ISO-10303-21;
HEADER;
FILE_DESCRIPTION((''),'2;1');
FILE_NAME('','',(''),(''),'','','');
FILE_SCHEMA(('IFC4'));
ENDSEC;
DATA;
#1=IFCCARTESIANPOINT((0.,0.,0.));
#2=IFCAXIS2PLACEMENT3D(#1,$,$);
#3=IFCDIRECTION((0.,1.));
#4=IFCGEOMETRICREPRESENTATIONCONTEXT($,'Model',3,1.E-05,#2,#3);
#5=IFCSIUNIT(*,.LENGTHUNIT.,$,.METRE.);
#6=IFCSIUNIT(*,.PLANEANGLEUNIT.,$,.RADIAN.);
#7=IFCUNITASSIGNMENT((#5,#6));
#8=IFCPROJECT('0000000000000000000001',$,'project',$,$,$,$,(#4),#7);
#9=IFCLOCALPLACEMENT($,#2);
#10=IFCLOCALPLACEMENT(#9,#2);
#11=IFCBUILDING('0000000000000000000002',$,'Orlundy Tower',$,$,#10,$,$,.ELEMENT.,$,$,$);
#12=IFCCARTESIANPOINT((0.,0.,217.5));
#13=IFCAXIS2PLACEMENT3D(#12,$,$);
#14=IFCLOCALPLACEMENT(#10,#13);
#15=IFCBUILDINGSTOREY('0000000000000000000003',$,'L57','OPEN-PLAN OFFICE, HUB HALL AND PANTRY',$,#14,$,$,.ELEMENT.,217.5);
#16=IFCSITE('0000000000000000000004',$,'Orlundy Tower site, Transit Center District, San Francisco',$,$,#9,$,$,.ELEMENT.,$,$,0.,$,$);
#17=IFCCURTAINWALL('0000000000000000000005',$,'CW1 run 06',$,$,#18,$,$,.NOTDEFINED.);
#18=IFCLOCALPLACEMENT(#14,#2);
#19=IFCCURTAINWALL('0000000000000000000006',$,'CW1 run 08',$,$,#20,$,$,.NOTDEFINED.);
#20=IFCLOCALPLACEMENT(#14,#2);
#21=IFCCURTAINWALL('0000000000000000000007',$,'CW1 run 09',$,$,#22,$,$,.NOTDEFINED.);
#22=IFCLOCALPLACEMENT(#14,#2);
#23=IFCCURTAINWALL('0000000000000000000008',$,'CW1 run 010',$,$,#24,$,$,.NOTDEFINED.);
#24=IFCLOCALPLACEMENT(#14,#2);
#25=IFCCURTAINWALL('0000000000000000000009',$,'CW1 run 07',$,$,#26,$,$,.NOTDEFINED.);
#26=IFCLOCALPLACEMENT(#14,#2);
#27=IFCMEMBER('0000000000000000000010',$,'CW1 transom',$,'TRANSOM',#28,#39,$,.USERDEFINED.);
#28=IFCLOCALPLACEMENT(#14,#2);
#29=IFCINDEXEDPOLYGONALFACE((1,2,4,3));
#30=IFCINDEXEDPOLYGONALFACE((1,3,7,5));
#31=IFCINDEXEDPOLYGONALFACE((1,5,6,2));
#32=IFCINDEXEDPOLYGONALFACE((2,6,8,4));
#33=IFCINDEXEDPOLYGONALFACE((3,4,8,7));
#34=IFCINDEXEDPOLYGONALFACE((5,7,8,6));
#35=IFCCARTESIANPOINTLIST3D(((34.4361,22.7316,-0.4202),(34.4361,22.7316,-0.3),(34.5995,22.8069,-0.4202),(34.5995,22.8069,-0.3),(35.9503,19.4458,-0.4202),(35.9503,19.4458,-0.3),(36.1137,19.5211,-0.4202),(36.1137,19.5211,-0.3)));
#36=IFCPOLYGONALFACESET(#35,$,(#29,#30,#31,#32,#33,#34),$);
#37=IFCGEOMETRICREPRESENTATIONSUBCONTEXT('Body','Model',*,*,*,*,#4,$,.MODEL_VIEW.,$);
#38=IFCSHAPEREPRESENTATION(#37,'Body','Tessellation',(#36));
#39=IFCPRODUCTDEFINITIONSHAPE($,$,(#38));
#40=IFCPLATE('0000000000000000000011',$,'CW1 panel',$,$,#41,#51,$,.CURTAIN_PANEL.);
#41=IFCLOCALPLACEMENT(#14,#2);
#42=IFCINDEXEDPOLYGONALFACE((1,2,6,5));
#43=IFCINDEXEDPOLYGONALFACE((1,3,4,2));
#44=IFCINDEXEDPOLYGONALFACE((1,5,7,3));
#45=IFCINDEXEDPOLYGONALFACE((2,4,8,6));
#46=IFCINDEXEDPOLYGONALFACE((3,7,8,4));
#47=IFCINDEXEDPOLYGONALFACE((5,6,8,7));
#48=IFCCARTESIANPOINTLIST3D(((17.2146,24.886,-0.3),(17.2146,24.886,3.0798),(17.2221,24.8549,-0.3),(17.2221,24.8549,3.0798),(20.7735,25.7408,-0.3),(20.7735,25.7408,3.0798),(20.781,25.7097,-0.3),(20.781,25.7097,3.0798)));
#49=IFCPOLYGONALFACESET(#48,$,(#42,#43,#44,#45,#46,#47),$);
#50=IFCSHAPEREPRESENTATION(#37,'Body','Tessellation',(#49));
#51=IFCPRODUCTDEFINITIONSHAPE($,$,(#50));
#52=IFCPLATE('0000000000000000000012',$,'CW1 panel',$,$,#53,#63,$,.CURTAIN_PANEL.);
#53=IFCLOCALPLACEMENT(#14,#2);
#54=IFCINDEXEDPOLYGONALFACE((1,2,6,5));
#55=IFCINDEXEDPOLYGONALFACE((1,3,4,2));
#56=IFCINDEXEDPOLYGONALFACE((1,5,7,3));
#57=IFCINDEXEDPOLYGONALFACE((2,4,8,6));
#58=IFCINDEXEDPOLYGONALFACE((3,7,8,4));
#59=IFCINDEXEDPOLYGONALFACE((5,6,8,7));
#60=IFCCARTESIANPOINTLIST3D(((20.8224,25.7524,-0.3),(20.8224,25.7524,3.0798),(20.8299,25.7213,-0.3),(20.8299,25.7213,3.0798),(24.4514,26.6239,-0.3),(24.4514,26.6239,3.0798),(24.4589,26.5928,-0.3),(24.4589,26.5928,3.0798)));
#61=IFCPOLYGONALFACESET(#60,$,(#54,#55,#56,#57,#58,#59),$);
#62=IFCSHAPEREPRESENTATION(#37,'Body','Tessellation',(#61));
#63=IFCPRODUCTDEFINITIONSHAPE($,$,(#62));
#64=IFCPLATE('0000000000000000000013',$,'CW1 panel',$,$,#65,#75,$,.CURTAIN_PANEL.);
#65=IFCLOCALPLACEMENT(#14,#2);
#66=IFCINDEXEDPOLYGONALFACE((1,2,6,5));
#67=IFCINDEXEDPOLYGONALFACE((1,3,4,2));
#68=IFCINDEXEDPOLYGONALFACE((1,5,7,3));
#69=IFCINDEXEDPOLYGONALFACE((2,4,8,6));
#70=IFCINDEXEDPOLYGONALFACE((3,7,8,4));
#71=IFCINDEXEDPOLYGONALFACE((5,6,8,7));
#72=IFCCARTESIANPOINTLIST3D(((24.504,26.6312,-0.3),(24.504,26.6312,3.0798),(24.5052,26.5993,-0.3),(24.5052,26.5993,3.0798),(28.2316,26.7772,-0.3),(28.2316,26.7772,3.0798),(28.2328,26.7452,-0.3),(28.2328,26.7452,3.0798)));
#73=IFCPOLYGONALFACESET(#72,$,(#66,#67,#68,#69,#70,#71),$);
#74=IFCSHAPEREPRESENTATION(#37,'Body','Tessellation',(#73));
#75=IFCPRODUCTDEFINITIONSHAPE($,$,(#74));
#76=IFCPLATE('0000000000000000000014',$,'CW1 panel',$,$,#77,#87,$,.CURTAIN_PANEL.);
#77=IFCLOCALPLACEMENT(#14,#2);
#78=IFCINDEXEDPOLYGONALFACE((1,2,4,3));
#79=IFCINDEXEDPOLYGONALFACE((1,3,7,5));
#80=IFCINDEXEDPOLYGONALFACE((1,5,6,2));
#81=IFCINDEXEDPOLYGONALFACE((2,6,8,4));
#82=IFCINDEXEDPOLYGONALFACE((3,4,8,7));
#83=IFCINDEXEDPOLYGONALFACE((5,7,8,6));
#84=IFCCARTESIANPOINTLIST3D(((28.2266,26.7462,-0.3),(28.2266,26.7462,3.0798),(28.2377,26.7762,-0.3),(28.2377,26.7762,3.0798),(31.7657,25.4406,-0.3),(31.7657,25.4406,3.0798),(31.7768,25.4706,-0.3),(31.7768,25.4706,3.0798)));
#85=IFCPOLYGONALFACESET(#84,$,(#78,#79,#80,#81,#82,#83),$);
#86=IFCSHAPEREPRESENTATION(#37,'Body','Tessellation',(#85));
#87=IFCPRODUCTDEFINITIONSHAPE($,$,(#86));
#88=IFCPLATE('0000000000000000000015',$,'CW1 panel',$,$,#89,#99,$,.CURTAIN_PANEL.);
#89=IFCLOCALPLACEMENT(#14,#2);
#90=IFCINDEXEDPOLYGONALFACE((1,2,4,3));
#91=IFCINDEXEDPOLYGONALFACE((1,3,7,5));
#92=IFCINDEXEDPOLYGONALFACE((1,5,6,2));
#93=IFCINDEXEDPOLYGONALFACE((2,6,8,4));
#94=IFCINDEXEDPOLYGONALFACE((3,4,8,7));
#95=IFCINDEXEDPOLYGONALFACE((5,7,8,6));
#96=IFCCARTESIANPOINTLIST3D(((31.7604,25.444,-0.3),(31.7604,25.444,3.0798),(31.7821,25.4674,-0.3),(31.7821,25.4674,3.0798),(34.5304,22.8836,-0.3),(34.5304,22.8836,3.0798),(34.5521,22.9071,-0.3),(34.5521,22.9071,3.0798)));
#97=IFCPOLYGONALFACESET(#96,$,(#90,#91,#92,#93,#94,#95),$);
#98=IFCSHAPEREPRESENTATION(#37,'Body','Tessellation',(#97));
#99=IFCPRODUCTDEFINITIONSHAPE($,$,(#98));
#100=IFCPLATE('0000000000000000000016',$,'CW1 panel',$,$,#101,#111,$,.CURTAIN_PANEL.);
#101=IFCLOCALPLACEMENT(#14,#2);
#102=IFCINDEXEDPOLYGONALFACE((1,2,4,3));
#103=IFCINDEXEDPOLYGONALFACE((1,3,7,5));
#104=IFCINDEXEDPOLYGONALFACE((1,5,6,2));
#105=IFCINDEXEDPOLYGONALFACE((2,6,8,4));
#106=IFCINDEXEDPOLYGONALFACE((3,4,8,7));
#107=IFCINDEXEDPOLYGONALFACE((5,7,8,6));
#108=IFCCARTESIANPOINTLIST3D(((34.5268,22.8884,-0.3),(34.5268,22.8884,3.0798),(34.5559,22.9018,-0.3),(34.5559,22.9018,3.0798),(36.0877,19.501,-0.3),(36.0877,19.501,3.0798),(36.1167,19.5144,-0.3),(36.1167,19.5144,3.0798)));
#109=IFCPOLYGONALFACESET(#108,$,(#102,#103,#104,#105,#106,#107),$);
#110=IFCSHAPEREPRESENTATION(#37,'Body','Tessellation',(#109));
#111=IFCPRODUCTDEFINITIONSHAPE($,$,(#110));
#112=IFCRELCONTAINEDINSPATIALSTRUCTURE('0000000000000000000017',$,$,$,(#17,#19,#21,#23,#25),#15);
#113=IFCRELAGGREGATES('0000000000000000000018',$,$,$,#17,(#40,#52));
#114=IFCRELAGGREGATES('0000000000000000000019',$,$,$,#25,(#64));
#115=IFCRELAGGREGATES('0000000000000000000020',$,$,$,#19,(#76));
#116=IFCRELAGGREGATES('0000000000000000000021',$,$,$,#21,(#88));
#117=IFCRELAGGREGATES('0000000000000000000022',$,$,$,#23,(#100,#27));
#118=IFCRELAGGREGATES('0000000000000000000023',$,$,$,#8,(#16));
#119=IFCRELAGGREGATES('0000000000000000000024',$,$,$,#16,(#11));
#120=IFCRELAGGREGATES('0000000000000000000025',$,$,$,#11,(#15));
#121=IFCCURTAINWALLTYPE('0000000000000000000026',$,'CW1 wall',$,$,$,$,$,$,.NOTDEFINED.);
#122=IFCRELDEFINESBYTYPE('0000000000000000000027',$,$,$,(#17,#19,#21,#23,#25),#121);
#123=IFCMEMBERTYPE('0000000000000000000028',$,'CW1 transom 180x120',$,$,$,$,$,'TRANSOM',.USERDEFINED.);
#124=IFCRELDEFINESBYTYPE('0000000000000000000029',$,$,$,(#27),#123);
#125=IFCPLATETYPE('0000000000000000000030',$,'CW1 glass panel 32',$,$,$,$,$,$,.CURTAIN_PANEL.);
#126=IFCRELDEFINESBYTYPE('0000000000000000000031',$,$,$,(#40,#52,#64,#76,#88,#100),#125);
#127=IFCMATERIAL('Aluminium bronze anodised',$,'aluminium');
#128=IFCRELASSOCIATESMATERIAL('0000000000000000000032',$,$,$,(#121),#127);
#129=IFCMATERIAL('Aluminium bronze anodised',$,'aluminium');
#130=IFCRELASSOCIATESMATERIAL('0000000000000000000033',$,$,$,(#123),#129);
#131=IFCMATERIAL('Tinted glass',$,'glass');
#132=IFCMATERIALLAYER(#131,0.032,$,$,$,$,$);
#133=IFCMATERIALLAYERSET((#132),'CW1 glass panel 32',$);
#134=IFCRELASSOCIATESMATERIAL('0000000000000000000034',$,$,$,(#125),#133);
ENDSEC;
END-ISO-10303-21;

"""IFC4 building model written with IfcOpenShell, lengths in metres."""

from ifc_helpers import new_model, si_unit, direction, frame, origin, origin_2d, place, context, subcontext, project, spatial, rectangle, extrude, material, layer, layer_set, material_profile, profile_set, type_object, element, aggregate, save


model = new_model("IFC4")

# Units and contexts
model_context = context("Model", 3, precision=1e-05, world=origin(), true_north=direction((0.0, 1.0)))
body_context = subcontext(model_context, "Body", "Model", "MODEL_VIEW")
ifc_project = project(units=[si_unit("LENGTHUNIT", "METRE"), si_unit("PLANEANGLEUNIT", "RADIAN")], contexts=[model_context])

# Site, building, storey
site_placement = place(None, origin())
site = spatial("IfcSite", under=ifc_project, at=site_placement, Name="Orlundy Tower site, Transit Center District, San Francisco", CompositionType="ELEMENT", RefElevation=0.0)
building_placement = place(site_placement, origin())
building = spatial("IfcBuilding", under=site, at=building_placement, Name="Orlundy Tower", CompositionType="ELEMENT")
storey_placement = place(building_placement, frame((0.0, 0.0, 217.5)))
storey = spatial("IfcBuildingStorey", under=building, at=storey_placement, Name="L57", Description="OPEN-PLAN OFFICE, HUB HALL AND PANTRY", CompositionType="ELEMENT", Elevation=217.5)

# Curtain walls
ifc_material_1 = material(Name="Aluminium bronze anodised", Category="aluminium")
curtain_wall_type = type_object("IfcCurtainWallType", Name="CW1 wall", PredefinedType="NOTDEFINED", material=ifc_material_1)
curtain_wall_1_placement = place(storey_placement, origin())
curtain_wall_1 = element("IfcCurtainWall", 1, at=curtain_wall_1_placement, inside=storey, type_object=curtain_wall_type, Name="CW1 run 06", PredefinedType="NOTDEFINED")
curtain_wall_2_placement = place(storey_placement, origin())
curtain_wall_2 = element("IfcCurtainWall", 2, at=curtain_wall_2_placement, inside=storey, type_object=curtain_wall_type, Name="CW1 run 08", PredefinedType="NOTDEFINED")
curtain_wall_3_placement = place(storey_placement, origin())
curtain_wall_3 = element("IfcCurtainWall", 3, at=curtain_wall_3_placement, inside=storey, type_object=curtain_wall_type, Name="CW1 run 09", PredefinedType="NOTDEFINED")
curtain_wall_4_placement = place(storey_placement, origin())
curtain_wall_4 = element("IfcCurtainWall", 4, at=curtain_wall_4_placement, inside=storey, type_object=curtain_wall_type, Name="CW1 run 010", PredefinedType="NOTDEFINED")

# Curtain wall
curtain_wall_5_placement = place(storey_placement, origin())
curtain_wall_5 = element("IfcCurtainWall", 5, at=curtain_wall_5_placement, inside=storey, type_object=curtain_wall_type, Name="CW1 run 07", PredefinedType="NOTDEFINED")

# Member
ifc_material_2 = material(Name="Aluminium bronze anodised", Category="aluminium")
ifc_material_profile_1 = material_profile(ifc_material_2, rectangle(XDim=0.1799, YDim=0.1201, at=origin_2d()), Name="CW1 transom 180x120")
ifc_profile_set_1 = profile_set([ifc_material_profile_1], Name="Aluminium bronze anodised")
member_type_1 = type_object("IfcMemberType", Name="CW1 transom 180x120", ElementType="TRANSOM", PredefinedType="USERDEFINED", material=ifc_profile_set_1)
member_1_placement = place(storey_placement, frame((34.5178, 22.7693, -0.3601), z_axis=(0.41851, -0.908212, 0.0), x_axis=(0.908212, 0.41851, 0.0)))
member_1 = element("IfcMember", 6, at=member_1_placement, type_object=member_type_1, Name="CW1 transom", ObjectType="TRANSOM", PredefinedType="USERDEFINED", context=body_context, shape_type="SweptSolid", body=[
    extrude(rectangle(XDim=0.1799, YDim=0.1201, at=origin_2d()), origin(), (0.0, 0.0, 1.0), 3.6179),
])

# Plates
ifc_material_3 = material(Name="Tinted glass", Category="glass")
ifc_layer = layer(ifc_material_3, 0.032)
ifc_layer_set = layer_set([ifc_layer], Name="CW1 glass panel 32")
plate_type = type_object("IfcPlateType", Name="CW1 glass panel 32", PredefinedType="CURTAIN_PANEL", material=ifc_layer_set)
plate_1_placement = place(storey_placement, frame((18.9978, 25.2979, -0.3), z_axis=(0.0, 0.0, 1.0), x_axis=(0.97235, 0.233529, 0.0)))
plate_1 = element("IfcPlate", 7, at=plate_1_placement, type_object=plate_type, Name="CW1 panel", PredefinedType="CURTAIN_PANEL", context=body_context, shape_type="SweptSolid", body=[
    extrude(rectangle(XDim=3.6602, YDim=0.032, at=origin_2d()), origin(), (0.0, 0.0, 1.0), 3.3799),
])
plate_2_placement = place(storey_placement, frame((22.6406, 26.1726, -0.3), z_axis=(0.0, 0.0, 1.0), x_axis=(0.97235, 0.233529, 0.0)))
plate_2 = element("IfcPlate", 8, at=plate_2_placement, type_object=plate_type, Name="CW1 panel", PredefinedType="CURTAIN_PANEL", context=body_context, shape_type="SweptSolid", body=[
    extrude(rectangle(XDim=3.7322, YDim=0.032, at=origin_2d()), origin(), (0.0, 0.0, 1.0), 3.3799),
])
aggregate(curtain_wall_1, [plate_1, plate_2])
plate_3_placement = place(storey_placement, frame((26.3684, 26.6882, -0.3), z_axis=(0.0, 0.0, 1.0), x_axis=(0.999235, 0.039117, 0.0)))
plate_3 = element("IfcPlate", 9, at=plate_3_placement, type_object=plate_type, Name="CW1 panel", PredefinedType="CURTAIN_PANEL", context=body_context, shape_type="SweptSolid", body=[
    extrude(rectangle(XDim=3.7305, YDim=0.032, at=origin_2d()), origin(), (0.0, 0.0, 1.0), 3.3799),
])
aggregate(curtain_wall_5, [plate_3])
plate_4_placement = place(storey_placement, frame((30.0017, 26.1084, -0.3), z_axis=(0.0, 0.0, 1.0), x_axis=(0.9382, -0.346093, 0.0)))
plate_4 = element("IfcPlate", 10, at=plate_4_placement, type_object=plate_type, Name="CW1 panel", PredefinedType="CURTAIN_PANEL", context=body_context, shape_type="SweptSolid", body=[
    extrude(rectangle(XDim=3.7722, YDim=0.032, at=origin_2d()), origin(), (0.0, 0.0, 1.0), 3.3799),
])
aggregate(curtain_wall_2, [plate_4])
plate_5_placement = place(storey_placement, frame((33.1562, 24.1755, -0.3), z_axis=(0.0, 0.0, 1.0), x_axis=(0.734348, -0.678773, 0.0)))
plate_5 = element("IfcPlate", 11, at=plate_5_placement, type_object=plate_type, Name="CW1 panel", PredefinedType="CURTAIN_PANEL", context=body_context, shape_type="SweptSolid", body=[
    extrude(rectangle(XDim=3.772, YDim=0.032, at=origin_2d()), origin(), (0.0, 0.0, 1.0), 3.3799),
])
aggregate(curtain_wall_3, [plate_5])
plate_6_placement = place(storey_placement, frame((35.3218, 21.2014, -0.3), z_axis=(0.0, 0.0, 1.0), x_axis=(0.418493, -0.90822, 0.0)))
plate_6 = element("IfcPlate", 12, at=plate_6_placement, type_object=plate_type, Name="CW1 panel", PredefinedType="CURTAIN_PANEL", context=body_context, shape_type="SweptSolid", body=[
    extrude(rectangle(XDim=3.7297, YDim=0.032, at=origin_2d()), origin(), (0.0, 0.0, 1.0), 3.3799),
])
aggregate(curtain_wall_4, [plate_6, member_1])

save(model, "model.ifc")
